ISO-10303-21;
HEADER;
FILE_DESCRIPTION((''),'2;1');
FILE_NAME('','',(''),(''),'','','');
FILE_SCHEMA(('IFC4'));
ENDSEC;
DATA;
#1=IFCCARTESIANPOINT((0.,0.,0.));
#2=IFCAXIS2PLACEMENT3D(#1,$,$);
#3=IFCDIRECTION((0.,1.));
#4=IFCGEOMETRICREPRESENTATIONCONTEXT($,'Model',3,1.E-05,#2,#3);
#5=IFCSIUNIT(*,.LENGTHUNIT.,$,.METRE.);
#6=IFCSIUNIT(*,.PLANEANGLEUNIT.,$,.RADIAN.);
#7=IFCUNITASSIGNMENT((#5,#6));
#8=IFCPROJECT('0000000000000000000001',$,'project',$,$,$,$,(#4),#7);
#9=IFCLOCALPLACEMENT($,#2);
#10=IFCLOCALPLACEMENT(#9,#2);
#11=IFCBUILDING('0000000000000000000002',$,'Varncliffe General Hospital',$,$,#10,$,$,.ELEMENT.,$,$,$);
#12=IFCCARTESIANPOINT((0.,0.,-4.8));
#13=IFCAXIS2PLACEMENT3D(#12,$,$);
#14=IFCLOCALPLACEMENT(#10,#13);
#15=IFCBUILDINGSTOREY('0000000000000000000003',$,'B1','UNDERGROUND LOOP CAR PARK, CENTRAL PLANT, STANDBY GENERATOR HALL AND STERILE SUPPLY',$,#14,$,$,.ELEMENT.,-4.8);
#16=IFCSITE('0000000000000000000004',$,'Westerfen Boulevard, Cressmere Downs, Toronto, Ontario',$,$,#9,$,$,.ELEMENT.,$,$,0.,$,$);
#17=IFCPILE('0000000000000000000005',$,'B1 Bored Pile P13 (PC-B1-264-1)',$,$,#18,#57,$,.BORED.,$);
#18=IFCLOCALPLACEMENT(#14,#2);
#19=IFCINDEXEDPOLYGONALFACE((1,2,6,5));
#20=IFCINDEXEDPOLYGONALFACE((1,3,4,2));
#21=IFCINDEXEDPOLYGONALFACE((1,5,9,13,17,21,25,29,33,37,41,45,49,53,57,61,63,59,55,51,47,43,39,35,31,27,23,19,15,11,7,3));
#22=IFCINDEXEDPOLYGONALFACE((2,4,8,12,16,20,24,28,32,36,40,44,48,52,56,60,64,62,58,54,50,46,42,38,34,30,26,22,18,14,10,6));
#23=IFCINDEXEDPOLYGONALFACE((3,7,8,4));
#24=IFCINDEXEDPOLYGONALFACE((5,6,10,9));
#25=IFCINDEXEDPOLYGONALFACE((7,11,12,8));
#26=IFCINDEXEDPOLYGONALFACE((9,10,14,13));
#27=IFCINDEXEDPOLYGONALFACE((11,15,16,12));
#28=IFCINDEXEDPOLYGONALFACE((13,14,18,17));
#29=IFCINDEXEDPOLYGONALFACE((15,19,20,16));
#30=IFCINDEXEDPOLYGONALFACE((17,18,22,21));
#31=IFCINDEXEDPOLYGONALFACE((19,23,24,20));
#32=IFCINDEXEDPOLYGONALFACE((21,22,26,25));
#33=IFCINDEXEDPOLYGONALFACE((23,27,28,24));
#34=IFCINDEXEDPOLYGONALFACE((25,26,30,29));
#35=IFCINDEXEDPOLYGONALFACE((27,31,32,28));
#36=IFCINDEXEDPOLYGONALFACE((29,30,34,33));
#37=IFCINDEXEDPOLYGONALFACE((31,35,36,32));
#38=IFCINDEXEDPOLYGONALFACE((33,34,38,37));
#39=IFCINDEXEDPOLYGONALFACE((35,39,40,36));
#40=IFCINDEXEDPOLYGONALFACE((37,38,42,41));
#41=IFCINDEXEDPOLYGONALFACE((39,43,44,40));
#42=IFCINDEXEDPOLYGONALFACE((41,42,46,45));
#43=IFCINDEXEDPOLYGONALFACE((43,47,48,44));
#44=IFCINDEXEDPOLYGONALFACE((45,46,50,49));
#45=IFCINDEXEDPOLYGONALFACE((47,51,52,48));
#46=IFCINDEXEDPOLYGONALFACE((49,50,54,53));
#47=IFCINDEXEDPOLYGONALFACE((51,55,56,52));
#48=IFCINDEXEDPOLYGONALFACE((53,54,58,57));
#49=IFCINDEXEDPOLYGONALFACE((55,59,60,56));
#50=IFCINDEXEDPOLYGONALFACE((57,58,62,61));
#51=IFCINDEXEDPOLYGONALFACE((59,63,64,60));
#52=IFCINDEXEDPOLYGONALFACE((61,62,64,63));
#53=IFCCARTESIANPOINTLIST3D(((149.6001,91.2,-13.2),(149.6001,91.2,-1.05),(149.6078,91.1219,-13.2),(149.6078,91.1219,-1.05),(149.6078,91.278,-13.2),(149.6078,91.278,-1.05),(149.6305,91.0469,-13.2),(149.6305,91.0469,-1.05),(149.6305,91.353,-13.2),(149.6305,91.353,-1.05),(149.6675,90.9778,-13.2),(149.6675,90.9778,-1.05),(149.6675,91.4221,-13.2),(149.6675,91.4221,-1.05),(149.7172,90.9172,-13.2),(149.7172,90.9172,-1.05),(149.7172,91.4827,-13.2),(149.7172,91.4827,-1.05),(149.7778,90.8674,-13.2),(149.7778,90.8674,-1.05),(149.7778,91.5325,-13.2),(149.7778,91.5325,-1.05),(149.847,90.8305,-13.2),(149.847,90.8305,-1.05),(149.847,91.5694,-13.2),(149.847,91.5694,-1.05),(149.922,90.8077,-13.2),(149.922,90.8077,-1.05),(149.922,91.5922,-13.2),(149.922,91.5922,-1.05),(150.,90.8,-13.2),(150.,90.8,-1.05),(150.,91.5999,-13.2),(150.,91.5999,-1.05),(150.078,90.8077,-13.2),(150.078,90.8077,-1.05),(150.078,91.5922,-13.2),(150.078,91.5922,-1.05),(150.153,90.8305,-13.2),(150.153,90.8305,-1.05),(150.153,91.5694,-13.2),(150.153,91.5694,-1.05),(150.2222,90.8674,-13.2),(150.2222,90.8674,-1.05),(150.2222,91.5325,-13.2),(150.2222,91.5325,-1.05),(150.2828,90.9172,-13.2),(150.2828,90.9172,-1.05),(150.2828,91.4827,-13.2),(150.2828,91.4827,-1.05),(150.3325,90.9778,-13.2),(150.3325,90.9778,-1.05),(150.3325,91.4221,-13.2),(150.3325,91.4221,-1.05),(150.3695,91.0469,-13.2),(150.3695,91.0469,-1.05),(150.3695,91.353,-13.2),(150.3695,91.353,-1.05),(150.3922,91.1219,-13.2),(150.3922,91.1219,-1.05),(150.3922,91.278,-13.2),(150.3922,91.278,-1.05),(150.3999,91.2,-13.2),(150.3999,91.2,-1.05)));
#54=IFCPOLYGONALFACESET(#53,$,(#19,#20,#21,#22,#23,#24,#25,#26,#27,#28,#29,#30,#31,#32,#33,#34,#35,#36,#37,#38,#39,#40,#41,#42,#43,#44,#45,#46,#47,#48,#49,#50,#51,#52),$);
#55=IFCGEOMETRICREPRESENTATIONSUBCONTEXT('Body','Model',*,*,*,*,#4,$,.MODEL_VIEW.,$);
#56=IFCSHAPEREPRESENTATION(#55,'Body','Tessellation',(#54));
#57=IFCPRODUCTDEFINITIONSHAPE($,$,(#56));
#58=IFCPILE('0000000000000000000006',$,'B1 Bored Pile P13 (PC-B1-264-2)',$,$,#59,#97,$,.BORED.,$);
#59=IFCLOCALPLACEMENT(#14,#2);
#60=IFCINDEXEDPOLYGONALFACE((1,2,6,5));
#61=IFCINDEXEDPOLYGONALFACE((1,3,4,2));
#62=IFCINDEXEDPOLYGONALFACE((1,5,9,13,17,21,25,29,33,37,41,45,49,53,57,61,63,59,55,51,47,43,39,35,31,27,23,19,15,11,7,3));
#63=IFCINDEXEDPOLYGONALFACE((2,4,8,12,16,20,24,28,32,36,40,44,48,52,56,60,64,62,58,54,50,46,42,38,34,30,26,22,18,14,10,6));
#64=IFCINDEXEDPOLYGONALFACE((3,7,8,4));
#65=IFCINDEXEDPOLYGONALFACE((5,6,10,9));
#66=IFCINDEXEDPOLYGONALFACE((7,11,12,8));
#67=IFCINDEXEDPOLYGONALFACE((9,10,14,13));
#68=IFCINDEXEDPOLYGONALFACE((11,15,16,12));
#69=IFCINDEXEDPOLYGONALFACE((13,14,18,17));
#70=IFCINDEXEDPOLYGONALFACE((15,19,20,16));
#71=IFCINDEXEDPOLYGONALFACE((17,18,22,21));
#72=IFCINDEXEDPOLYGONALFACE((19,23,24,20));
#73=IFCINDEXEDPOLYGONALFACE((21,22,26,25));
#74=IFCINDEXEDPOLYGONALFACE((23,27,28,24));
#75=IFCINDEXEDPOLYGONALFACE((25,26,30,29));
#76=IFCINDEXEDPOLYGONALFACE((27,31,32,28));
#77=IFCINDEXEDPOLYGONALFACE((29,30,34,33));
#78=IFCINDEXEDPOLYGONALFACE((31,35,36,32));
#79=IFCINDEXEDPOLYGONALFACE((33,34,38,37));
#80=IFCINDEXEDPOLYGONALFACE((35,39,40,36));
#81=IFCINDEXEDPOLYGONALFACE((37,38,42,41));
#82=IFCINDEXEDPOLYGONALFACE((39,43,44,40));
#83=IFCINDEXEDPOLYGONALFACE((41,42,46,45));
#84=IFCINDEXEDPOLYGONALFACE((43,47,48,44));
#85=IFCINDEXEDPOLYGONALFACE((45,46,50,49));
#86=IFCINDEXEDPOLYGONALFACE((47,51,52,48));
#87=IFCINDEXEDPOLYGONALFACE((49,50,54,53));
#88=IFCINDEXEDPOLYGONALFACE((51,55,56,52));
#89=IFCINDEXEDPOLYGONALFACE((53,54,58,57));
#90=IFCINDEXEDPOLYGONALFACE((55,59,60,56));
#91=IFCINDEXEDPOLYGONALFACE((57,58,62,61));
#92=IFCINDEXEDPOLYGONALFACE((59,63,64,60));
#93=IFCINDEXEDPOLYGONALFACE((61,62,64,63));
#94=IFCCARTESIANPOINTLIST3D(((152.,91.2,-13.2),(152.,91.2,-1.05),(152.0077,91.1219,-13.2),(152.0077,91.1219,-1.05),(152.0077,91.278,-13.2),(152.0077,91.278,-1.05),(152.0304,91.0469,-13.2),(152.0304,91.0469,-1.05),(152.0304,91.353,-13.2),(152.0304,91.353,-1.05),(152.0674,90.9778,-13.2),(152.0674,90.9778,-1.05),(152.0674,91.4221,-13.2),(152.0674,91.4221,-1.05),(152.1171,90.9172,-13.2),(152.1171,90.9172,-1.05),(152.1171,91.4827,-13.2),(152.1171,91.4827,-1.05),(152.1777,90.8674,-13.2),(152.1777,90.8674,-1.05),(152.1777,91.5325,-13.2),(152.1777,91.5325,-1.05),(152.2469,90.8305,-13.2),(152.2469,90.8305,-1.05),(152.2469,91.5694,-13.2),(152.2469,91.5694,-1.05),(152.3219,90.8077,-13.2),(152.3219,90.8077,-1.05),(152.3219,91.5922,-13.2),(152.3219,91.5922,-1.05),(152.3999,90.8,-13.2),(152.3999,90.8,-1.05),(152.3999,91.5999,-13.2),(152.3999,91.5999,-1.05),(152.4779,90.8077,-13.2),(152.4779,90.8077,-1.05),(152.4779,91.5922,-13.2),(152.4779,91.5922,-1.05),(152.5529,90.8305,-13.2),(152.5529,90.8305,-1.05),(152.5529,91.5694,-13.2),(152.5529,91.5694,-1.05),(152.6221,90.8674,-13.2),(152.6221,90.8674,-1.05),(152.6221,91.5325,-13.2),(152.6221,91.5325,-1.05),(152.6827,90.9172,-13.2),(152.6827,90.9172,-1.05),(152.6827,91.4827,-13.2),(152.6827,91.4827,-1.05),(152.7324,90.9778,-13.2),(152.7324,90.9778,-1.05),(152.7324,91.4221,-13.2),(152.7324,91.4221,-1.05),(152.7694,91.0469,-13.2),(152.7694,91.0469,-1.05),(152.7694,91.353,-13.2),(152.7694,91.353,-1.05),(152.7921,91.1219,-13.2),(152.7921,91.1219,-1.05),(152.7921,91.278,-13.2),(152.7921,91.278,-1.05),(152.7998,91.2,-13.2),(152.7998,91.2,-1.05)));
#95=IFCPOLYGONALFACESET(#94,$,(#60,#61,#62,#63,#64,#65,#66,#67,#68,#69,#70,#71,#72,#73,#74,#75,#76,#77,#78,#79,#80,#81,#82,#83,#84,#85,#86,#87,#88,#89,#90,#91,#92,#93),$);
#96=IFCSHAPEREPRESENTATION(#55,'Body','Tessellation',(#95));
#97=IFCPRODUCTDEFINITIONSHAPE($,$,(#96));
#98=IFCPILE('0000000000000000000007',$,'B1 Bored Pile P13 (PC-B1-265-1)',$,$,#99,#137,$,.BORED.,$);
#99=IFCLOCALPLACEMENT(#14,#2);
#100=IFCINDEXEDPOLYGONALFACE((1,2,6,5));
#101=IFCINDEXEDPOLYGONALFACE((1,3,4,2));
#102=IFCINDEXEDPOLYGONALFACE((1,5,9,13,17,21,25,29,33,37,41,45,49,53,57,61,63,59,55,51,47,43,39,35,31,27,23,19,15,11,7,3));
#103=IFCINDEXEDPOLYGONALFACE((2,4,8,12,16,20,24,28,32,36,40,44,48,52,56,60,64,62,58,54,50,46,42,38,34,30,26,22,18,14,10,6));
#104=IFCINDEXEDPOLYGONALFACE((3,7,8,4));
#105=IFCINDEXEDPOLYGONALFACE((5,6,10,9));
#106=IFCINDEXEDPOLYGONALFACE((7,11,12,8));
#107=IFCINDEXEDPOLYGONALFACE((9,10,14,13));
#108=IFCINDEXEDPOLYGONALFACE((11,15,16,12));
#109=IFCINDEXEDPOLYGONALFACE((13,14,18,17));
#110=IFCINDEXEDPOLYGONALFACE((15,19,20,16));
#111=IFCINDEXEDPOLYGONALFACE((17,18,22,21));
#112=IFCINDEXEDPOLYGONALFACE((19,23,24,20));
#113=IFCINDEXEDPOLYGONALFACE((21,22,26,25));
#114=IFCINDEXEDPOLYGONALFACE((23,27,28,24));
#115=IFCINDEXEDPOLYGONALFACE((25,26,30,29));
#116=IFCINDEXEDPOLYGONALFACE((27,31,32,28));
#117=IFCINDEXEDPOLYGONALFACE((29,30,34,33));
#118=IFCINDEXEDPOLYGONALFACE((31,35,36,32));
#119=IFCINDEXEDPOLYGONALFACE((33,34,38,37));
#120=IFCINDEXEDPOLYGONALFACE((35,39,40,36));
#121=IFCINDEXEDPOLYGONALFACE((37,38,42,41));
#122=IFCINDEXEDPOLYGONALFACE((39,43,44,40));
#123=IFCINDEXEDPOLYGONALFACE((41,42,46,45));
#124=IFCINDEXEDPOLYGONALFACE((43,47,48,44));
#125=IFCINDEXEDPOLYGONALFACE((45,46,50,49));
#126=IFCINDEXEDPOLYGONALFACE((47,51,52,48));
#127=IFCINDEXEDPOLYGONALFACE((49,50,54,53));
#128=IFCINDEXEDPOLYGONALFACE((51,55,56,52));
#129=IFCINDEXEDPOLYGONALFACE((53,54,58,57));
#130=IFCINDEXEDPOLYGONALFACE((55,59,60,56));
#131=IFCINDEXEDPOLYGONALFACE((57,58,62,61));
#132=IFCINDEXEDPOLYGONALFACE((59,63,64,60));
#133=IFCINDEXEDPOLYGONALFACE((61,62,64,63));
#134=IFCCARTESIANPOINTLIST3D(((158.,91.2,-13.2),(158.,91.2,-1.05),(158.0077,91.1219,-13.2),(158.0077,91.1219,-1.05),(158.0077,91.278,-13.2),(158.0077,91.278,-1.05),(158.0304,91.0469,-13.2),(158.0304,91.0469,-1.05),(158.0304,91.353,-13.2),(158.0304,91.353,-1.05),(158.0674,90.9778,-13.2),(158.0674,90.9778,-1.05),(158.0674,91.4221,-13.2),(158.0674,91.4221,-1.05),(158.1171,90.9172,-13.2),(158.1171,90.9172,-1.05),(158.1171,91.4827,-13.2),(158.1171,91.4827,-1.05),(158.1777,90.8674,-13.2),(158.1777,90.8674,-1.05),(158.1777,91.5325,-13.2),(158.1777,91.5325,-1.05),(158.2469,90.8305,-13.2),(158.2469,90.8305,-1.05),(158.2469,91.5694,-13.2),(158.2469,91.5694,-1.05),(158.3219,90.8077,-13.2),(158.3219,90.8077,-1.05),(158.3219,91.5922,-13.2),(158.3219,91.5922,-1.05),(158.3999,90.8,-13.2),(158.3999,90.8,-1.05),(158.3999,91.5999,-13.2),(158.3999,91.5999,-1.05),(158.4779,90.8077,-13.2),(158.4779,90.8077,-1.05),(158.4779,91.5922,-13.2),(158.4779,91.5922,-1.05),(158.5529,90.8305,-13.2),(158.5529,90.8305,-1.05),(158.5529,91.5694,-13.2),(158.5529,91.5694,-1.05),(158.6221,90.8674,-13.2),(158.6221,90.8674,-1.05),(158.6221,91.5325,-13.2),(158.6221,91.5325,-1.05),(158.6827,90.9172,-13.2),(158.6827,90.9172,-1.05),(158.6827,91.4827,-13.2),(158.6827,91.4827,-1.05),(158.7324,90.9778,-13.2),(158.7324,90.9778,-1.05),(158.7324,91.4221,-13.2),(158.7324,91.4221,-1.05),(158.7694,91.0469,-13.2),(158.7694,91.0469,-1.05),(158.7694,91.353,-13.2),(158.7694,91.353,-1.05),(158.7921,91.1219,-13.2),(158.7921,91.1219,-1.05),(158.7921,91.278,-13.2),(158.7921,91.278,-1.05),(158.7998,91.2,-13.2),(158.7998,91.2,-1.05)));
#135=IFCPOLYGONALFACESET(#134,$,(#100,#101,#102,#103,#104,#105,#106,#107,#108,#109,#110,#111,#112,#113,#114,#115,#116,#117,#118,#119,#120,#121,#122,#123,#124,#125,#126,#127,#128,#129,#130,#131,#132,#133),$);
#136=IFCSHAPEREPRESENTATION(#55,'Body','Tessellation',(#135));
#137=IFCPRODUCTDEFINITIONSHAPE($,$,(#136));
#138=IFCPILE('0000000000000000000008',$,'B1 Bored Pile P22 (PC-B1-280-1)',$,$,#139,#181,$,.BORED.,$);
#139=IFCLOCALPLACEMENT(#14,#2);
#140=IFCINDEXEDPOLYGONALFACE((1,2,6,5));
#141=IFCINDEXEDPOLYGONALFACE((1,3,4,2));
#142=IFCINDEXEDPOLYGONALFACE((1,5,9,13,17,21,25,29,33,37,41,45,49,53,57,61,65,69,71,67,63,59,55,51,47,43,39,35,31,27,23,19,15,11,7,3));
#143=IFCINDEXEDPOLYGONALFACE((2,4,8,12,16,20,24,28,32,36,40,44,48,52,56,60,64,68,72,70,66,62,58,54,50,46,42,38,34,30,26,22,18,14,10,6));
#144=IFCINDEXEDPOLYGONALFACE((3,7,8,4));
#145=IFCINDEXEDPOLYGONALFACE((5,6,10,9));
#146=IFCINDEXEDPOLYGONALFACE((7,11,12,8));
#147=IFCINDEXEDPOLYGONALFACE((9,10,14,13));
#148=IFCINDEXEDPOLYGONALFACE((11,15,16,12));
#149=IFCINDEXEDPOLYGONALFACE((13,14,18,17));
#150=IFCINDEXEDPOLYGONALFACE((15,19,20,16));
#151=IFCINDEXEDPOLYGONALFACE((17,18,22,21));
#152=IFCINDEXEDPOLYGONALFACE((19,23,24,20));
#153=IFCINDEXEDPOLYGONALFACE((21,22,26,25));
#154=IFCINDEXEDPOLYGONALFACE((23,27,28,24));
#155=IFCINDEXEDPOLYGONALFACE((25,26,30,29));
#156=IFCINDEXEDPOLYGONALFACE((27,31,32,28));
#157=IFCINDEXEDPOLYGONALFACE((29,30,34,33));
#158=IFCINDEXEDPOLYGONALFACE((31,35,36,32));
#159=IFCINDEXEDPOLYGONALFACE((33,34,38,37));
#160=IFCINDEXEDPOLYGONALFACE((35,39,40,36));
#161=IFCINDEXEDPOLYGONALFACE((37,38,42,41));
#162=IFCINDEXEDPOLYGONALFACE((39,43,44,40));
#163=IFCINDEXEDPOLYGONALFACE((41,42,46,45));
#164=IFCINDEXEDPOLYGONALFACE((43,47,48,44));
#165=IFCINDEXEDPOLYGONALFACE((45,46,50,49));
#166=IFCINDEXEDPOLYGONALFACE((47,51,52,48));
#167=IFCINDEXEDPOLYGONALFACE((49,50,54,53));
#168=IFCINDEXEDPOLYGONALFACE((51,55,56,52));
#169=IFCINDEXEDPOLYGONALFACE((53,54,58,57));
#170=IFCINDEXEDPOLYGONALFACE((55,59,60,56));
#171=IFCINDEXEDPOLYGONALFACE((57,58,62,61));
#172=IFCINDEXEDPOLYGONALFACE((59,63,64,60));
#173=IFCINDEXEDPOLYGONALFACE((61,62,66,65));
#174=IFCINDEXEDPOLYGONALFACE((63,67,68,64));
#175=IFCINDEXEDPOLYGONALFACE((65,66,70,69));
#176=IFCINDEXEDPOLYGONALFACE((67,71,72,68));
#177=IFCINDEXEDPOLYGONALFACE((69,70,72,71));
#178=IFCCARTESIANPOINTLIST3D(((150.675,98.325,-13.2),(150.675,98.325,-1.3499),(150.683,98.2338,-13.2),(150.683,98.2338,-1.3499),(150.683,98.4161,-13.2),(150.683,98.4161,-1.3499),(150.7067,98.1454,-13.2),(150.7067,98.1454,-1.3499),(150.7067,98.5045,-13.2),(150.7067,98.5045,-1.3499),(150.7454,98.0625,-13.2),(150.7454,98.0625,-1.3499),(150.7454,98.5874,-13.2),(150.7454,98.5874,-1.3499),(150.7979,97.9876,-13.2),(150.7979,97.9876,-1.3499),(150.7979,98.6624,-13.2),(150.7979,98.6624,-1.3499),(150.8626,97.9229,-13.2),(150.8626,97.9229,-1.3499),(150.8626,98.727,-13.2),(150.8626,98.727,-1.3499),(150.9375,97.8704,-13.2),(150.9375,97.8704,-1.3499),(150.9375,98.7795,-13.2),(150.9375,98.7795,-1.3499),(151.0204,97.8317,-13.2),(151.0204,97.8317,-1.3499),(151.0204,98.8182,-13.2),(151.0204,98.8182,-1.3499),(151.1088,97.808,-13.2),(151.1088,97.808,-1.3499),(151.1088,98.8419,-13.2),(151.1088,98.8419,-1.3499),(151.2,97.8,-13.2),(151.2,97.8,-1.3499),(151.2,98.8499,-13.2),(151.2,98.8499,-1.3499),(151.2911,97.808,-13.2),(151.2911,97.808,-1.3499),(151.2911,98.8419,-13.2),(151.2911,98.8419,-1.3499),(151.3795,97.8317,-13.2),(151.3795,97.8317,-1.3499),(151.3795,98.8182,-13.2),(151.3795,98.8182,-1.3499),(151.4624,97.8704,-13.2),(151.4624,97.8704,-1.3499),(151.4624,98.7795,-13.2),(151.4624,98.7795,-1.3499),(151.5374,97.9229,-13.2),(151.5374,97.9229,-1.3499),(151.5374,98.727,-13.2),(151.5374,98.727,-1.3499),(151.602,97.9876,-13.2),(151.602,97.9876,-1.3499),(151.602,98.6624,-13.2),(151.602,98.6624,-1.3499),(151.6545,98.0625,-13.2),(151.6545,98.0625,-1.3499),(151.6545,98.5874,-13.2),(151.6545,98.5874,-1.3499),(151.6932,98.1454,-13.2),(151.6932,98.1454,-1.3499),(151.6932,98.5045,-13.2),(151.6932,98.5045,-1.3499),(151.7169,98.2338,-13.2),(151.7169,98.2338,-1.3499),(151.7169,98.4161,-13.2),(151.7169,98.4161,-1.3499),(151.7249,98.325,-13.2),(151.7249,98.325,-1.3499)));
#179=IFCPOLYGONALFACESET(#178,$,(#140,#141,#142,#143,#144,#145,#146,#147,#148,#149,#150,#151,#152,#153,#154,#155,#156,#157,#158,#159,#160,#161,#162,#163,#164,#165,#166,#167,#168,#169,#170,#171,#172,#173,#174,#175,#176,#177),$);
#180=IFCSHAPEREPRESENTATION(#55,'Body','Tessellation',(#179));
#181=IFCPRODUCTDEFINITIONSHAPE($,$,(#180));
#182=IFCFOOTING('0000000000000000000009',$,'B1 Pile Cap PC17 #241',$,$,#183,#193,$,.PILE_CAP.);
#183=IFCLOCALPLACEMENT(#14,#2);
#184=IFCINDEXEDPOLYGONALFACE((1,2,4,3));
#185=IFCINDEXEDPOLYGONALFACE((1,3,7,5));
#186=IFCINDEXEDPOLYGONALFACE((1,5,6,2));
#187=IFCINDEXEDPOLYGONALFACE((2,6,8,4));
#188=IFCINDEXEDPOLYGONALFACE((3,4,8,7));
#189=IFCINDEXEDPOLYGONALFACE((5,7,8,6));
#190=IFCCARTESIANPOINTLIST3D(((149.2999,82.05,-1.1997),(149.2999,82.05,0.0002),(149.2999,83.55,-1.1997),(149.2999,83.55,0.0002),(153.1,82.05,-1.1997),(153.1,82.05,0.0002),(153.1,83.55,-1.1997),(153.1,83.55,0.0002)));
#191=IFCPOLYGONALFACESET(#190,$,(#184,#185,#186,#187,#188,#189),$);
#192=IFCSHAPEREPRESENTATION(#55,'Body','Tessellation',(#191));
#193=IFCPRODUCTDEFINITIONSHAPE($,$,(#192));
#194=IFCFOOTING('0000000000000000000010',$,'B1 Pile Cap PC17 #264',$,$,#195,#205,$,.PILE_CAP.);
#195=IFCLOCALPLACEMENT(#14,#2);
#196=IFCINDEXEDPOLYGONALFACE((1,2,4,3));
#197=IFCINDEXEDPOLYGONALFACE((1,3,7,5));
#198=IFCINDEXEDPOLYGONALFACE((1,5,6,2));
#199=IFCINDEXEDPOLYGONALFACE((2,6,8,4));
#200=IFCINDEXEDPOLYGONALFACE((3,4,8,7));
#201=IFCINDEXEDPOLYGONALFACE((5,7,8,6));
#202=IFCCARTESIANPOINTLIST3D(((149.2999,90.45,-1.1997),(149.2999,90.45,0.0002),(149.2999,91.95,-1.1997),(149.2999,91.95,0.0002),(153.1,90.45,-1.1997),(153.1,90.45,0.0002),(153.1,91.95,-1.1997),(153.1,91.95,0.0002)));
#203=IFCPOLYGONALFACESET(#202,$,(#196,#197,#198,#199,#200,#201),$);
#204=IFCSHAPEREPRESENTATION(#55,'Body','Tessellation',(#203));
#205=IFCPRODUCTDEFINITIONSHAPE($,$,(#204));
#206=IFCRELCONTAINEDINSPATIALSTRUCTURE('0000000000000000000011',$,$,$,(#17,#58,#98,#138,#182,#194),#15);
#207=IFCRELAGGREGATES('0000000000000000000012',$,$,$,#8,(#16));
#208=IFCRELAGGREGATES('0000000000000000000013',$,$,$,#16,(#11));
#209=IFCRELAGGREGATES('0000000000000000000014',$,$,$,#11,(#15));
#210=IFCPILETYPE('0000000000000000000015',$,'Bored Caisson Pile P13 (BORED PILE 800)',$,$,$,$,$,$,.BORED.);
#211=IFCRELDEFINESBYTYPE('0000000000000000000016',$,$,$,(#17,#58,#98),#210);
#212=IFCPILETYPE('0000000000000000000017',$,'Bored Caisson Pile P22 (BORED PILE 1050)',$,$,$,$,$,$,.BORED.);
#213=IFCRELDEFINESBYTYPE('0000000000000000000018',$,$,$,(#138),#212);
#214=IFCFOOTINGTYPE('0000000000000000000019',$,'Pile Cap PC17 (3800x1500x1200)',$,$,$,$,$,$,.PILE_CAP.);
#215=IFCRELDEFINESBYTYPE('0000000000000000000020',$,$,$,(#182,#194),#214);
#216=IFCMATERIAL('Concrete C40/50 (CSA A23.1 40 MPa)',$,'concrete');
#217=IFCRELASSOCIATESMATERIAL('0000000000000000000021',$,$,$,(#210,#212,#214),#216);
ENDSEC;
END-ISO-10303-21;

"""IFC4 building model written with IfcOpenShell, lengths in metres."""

from ifc_helpers import new_model, si_unit, direction, frame, origin, origin_2d, place, context, subcontext, project, spatial, rectangle, circle, extrude, material, material_profile, profile_set, type_object, element, save


model = new_model("IFC4")

# Units and contexts
model_context = context("Model", 3, precision=1e-05, world=origin(), true_north=direction((0.0, 1.0)))
body_context = subcontext(model_context, "Body", "Model", "MODEL_VIEW")
ifc_project = project(units=[si_unit("LENGTHUNIT", "METRE"), si_unit("PLANEANGLEUNIT", "RADIAN")], contexts=[model_context])

# Site, building, storey
site_placement = place(None, origin())
site = spatial("IfcSite", under=ifc_project, at=site_placement, Name="Westerfen Boulevard, Cressmere Downs, Toronto, Ontario", CompositionType="ELEMENT", RefElevation=0.0)
building_placement = place(site_placement, origin())
building = spatial("IfcBuilding", under=site, at=building_placement, Name="Varncliffe General Hospital", CompositionType="ELEMENT")
storey_placement = place(building_placement, frame((0.0, 0.0, -4.8)))
storey = spatial("IfcBuildingStorey", under=building, at=storey_placement, Name="B1", Description="UNDERGROUND LOOP CAR PARK, CENTRAL PLANT, STANDBY GENERATOR HALL AND STERILE SUPPLY", CompositionType="ELEMENT", Elevation=-4.8)

# Piles
ifc_material_1 = material(Name="Concrete C40/50 (CSA A23.1 40 MPa)", Category="concrete")
ifc_material_profile_1 = material_profile(ifc_material_1, circle(Radius=0.3999, at=origin_2d()), Name="BORED PILE 800")
ifc_profile_set_1 = profile_set([ifc_material_profile_1], Name="Concrete C40/50 (CSA A23.1 40 MPa)")
pile_type_1 = type_object("IfcPileType", Name="Bored Caisson Pile P13 (BORED PILE 800)", PredefinedType="BORED", material=ifc_profile_set_1)
for number, where, z_axis, x_axis, name in (
    (1, (150.0, 91.2, -1.05), (0.0, 0.0, -1.0), (1.0, 0.0, 0.0), "B1 Bored Pile P13 (PC-B1-264-1)"),
    (2, (152.3999, 91.2, -1.05), (0.0, 0.0, -1.0), (1.0, 0.0, 0.0), "B1 Bored Pile P13 (PC-B1-264-2)"),
    (3, (158.3999, 91.2, -1.05), (0.0, 0.0, -1.0), (1.0, 0.0, 0.0), "B1 Bored Pile P13 (PC-B1-265-1)"),
):
    element("IfcPile", number, at=place(storey_placement, frame(where, z_axis=z_axis, x_axis=x_axis)), inside=storey, type_object=pile_type_1, Name=name, PredefinedType="BORED", context=body_context, shape_type="SweptSolid", body=[
        extrude(circle(Radius=0.3999, at=origin_2d()), origin(), (0.0, 0.0, 1.0), 12.1499),
    ])
ifc_material_profile_2 = material_profile(ifc_material_1, circle(Radius=0.5249, at=origin_2d()), Name="BORED PILE 1050")
ifc_profile_set_2 = profile_set([ifc_material_profile_2], Name="Concrete C40/50 (CSA A23.1 40 MPa)")
pile_type_2 = type_object("IfcPileType", Name="Bored Caisson Pile P22 (BORED PILE 1050)", PredefinedType="BORED", material=ifc_profile_set_2)
pile_placement = place(storey_placement, frame((151.2, 98.325, -1.3499), z_axis=(0.0, 0.0, -1.0), x_axis=(1.0, 0.0, 0.0)))
element("IfcPile", 4, at=pile_placement, inside=storey, type_object=pile_type_2, Name="B1 Bored Pile P22 (PC-B1-280-1)", PredefinedType="BORED", context=body_context, shape_type="SweptSolid", body=[
    extrude(circle(Radius=0.5249, at=origin_2d()), origin(), (0.0, 0.0, 1.0), 11.8501),
])

# Footings
footing_type_1 = type_object("IfcFootingType", Name="Pile Cap PC17 (3800x1500x1200)", PredefinedType="PILE_CAP", material=ifc_material_1)
for number, where, z_axis, x_axis, name in (
    (5, (151.2, 82.8, -1.1997), (0.0, 0.0, 1.0), (1.0, 0.0, 0.0), "B1 Pile Cap PC17 #241"),
    (6, (151.2, 91.2, -1.1997), (0.0, 0.0, 1.0), (1.0, 0.0, 0.0), "B1 Pile Cap PC17 #264"),
):
    element("IfcFooting", number, at=place(storey_placement, frame(where, z_axis=z_axis, x_axis=x_axis)), inside=storey, type_object=footing_type_1, Name=name, PredefinedType="PILE_CAP", context=body_context, shape_type="SweptSolid", body=[
        extrude(rectangle(XDim=3.8, YDim=1.5, at=origin_2d()), origin(), (0.0, 0.0, 1.0), 1.2),
    ])

save(model, "model.ifc")
